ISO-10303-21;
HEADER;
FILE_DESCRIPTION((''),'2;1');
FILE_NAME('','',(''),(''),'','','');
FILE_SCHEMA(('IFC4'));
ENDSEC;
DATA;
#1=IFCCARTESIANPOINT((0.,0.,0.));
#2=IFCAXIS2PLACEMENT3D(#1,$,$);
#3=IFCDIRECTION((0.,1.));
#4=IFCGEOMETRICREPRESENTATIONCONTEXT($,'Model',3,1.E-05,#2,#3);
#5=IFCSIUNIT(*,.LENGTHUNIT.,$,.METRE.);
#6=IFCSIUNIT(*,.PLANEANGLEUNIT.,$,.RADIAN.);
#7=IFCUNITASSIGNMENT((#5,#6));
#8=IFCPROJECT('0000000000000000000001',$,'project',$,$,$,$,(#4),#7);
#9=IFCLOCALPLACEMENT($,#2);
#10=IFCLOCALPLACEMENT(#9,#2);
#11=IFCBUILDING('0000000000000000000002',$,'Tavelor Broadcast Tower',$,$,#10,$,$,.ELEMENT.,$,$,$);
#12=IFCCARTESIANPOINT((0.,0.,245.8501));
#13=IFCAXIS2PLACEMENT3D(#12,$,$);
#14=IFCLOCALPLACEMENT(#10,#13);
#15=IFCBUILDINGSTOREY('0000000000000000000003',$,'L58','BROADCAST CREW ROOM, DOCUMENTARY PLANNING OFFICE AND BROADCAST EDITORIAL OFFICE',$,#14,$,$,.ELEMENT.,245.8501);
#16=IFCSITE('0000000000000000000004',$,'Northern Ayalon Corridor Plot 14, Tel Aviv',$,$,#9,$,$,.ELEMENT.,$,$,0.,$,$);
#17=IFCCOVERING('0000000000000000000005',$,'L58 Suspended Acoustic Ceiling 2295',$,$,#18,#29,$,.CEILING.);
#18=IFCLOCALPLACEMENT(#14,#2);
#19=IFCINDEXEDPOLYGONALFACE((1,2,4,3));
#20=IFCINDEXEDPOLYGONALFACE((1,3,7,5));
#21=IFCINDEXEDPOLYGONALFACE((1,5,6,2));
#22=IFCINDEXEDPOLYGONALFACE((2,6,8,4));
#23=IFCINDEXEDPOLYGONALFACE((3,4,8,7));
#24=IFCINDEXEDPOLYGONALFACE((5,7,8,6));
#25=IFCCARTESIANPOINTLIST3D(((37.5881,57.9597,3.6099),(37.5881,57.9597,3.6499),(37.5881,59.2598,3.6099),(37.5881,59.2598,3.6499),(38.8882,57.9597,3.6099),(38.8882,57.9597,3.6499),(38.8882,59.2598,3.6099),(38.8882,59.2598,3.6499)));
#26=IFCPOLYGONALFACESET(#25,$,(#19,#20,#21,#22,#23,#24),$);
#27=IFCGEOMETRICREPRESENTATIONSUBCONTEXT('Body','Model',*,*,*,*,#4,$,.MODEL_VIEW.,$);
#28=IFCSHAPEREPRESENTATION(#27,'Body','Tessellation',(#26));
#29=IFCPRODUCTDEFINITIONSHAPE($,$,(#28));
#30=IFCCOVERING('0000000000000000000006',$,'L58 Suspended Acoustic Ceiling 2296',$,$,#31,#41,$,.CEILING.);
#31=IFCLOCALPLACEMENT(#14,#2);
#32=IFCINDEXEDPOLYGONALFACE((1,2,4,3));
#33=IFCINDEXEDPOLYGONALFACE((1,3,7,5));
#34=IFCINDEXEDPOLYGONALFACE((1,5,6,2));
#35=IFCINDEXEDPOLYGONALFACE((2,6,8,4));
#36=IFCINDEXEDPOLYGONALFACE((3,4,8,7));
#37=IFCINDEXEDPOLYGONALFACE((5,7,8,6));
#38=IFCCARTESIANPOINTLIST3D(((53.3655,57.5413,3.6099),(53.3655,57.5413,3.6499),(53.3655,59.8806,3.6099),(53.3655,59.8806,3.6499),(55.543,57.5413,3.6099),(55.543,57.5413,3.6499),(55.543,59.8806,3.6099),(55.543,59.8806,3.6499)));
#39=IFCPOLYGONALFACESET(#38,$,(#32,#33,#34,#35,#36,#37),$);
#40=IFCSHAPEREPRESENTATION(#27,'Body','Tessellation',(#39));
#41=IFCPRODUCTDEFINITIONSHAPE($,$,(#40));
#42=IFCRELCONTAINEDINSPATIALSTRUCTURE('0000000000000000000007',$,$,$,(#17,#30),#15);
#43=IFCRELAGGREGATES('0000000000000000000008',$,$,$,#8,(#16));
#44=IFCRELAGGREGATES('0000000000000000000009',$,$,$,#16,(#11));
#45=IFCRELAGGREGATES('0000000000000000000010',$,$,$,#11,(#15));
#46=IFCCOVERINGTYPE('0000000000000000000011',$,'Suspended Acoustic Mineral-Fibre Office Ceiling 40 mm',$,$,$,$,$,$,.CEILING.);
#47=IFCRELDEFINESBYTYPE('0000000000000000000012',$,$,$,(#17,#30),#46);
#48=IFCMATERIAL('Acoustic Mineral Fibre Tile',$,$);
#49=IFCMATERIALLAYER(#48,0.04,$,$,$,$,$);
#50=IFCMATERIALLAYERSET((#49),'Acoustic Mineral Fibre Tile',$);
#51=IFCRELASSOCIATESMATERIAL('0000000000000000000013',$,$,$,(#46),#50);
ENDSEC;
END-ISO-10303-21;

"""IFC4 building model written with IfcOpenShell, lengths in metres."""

from ifc_helpers import new_model, si_unit, direction, frame, origin, place, context, subcontext, project, spatial, polyline, outline, extrude, material, layer, layer_set, type_object, element, save


model = new_model("IFC4")

# Units and contexts
model_context = context("Model", 3, precision=1e-05, world=origin(), true_north=direction((0.0, 1.0)))
body_context = subcontext(model_context, "Body", "Model", "MODEL_VIEW")
ifc_project = project(units=[si_unit("LENGTHUNIT", "METRE"), si_unit("PLANEANGLEUNIT", "RADIAN")], contexts=[model_context])

# Site, building, storey
site_placement = place(None, origin())
site = spatial("IfcSite", under=ifc_project, at=site_placement, Name="Northern Ayalon Corridor Plot 14, Tel Aviv", CompositionType="ELEMENT", RefElevation=0.0)
building_placement = place(site_placement, origin())
building = spatial("IfcBuilding", under=site, at=building_placement, Name="Tavelor Broadcast Tower", CompositionType="ELEMENT")
storey_placement = place(building_placement, frame((0.0, 0.0, 245.8501)))
storey = spatial("IfcBuildingStorey", under=building, at=storey_placement, Name="L58", Description="BROADCAST CREW ROOM, DOCUMENTARY PLANNING OFFICE AND BROADCAST EDITORIAL OFFICE", CompositionType="ELEMENT", Elevation=245.8501)

# Coverings
ifc_material_1 = material(Name="Acoustic Mineral Fibre Tile")
ifc_layer_1 = layer(ifc_material_1, 0.04)
ifc_layer_set_1 = layer_set([ifc_layer_1], Name="Acoustic Mineral Fibre Tile")
covering_type_1 = type_object("IfcCoveringType", Name="Suspended Acoustic Mineral-Fibre Office Ceiling 40 mm", PredefinedType="CEILING", material=ifc_layer_set_1)
covering_1_placement = place(storey_placement, frame((0.0, 0.0, 3.6099)))
element("IfcCovering", 1, at=covering_1_placement, inside=storey, type_object=covering_type_1, Name="L58 Suspended Acoustic Ceiling 2295", PredefinedType="CEILING", context=body_context, shape_type="SweptSolid", body=[
    extrude(outline(polyline([(37.5881, 57.9597), (38.8882, 57.9597), (38.8882, 59.2598), (37.5881, 59.2598), (37.5881, 57.9597)])), origin(), (0.0, 0.0, 1.0), 0.04),
])
covering_2_placement = place(storey_placement, frame((0.0, 0.0, 3.6099)))
element("IfcCovering", 2, at=covering_2_placement, inside=storey, type_object=covering_type_1, Name="L58 Suspended Acoustic Ceiling 2296", PredefinedType="CEILING", context=body_context, shape_type="SweptSolid", body=[
    extrude(outline(polyline([(53.3655, 57.5413), (55.543, 57.5413), (55.543, 59.8806), (53.3655, 59.8806), (53.3655, 57.5413)])), origin(), (0.0, 0.0, 1.0), 0.04),
])

save(model, "model.ifc")
